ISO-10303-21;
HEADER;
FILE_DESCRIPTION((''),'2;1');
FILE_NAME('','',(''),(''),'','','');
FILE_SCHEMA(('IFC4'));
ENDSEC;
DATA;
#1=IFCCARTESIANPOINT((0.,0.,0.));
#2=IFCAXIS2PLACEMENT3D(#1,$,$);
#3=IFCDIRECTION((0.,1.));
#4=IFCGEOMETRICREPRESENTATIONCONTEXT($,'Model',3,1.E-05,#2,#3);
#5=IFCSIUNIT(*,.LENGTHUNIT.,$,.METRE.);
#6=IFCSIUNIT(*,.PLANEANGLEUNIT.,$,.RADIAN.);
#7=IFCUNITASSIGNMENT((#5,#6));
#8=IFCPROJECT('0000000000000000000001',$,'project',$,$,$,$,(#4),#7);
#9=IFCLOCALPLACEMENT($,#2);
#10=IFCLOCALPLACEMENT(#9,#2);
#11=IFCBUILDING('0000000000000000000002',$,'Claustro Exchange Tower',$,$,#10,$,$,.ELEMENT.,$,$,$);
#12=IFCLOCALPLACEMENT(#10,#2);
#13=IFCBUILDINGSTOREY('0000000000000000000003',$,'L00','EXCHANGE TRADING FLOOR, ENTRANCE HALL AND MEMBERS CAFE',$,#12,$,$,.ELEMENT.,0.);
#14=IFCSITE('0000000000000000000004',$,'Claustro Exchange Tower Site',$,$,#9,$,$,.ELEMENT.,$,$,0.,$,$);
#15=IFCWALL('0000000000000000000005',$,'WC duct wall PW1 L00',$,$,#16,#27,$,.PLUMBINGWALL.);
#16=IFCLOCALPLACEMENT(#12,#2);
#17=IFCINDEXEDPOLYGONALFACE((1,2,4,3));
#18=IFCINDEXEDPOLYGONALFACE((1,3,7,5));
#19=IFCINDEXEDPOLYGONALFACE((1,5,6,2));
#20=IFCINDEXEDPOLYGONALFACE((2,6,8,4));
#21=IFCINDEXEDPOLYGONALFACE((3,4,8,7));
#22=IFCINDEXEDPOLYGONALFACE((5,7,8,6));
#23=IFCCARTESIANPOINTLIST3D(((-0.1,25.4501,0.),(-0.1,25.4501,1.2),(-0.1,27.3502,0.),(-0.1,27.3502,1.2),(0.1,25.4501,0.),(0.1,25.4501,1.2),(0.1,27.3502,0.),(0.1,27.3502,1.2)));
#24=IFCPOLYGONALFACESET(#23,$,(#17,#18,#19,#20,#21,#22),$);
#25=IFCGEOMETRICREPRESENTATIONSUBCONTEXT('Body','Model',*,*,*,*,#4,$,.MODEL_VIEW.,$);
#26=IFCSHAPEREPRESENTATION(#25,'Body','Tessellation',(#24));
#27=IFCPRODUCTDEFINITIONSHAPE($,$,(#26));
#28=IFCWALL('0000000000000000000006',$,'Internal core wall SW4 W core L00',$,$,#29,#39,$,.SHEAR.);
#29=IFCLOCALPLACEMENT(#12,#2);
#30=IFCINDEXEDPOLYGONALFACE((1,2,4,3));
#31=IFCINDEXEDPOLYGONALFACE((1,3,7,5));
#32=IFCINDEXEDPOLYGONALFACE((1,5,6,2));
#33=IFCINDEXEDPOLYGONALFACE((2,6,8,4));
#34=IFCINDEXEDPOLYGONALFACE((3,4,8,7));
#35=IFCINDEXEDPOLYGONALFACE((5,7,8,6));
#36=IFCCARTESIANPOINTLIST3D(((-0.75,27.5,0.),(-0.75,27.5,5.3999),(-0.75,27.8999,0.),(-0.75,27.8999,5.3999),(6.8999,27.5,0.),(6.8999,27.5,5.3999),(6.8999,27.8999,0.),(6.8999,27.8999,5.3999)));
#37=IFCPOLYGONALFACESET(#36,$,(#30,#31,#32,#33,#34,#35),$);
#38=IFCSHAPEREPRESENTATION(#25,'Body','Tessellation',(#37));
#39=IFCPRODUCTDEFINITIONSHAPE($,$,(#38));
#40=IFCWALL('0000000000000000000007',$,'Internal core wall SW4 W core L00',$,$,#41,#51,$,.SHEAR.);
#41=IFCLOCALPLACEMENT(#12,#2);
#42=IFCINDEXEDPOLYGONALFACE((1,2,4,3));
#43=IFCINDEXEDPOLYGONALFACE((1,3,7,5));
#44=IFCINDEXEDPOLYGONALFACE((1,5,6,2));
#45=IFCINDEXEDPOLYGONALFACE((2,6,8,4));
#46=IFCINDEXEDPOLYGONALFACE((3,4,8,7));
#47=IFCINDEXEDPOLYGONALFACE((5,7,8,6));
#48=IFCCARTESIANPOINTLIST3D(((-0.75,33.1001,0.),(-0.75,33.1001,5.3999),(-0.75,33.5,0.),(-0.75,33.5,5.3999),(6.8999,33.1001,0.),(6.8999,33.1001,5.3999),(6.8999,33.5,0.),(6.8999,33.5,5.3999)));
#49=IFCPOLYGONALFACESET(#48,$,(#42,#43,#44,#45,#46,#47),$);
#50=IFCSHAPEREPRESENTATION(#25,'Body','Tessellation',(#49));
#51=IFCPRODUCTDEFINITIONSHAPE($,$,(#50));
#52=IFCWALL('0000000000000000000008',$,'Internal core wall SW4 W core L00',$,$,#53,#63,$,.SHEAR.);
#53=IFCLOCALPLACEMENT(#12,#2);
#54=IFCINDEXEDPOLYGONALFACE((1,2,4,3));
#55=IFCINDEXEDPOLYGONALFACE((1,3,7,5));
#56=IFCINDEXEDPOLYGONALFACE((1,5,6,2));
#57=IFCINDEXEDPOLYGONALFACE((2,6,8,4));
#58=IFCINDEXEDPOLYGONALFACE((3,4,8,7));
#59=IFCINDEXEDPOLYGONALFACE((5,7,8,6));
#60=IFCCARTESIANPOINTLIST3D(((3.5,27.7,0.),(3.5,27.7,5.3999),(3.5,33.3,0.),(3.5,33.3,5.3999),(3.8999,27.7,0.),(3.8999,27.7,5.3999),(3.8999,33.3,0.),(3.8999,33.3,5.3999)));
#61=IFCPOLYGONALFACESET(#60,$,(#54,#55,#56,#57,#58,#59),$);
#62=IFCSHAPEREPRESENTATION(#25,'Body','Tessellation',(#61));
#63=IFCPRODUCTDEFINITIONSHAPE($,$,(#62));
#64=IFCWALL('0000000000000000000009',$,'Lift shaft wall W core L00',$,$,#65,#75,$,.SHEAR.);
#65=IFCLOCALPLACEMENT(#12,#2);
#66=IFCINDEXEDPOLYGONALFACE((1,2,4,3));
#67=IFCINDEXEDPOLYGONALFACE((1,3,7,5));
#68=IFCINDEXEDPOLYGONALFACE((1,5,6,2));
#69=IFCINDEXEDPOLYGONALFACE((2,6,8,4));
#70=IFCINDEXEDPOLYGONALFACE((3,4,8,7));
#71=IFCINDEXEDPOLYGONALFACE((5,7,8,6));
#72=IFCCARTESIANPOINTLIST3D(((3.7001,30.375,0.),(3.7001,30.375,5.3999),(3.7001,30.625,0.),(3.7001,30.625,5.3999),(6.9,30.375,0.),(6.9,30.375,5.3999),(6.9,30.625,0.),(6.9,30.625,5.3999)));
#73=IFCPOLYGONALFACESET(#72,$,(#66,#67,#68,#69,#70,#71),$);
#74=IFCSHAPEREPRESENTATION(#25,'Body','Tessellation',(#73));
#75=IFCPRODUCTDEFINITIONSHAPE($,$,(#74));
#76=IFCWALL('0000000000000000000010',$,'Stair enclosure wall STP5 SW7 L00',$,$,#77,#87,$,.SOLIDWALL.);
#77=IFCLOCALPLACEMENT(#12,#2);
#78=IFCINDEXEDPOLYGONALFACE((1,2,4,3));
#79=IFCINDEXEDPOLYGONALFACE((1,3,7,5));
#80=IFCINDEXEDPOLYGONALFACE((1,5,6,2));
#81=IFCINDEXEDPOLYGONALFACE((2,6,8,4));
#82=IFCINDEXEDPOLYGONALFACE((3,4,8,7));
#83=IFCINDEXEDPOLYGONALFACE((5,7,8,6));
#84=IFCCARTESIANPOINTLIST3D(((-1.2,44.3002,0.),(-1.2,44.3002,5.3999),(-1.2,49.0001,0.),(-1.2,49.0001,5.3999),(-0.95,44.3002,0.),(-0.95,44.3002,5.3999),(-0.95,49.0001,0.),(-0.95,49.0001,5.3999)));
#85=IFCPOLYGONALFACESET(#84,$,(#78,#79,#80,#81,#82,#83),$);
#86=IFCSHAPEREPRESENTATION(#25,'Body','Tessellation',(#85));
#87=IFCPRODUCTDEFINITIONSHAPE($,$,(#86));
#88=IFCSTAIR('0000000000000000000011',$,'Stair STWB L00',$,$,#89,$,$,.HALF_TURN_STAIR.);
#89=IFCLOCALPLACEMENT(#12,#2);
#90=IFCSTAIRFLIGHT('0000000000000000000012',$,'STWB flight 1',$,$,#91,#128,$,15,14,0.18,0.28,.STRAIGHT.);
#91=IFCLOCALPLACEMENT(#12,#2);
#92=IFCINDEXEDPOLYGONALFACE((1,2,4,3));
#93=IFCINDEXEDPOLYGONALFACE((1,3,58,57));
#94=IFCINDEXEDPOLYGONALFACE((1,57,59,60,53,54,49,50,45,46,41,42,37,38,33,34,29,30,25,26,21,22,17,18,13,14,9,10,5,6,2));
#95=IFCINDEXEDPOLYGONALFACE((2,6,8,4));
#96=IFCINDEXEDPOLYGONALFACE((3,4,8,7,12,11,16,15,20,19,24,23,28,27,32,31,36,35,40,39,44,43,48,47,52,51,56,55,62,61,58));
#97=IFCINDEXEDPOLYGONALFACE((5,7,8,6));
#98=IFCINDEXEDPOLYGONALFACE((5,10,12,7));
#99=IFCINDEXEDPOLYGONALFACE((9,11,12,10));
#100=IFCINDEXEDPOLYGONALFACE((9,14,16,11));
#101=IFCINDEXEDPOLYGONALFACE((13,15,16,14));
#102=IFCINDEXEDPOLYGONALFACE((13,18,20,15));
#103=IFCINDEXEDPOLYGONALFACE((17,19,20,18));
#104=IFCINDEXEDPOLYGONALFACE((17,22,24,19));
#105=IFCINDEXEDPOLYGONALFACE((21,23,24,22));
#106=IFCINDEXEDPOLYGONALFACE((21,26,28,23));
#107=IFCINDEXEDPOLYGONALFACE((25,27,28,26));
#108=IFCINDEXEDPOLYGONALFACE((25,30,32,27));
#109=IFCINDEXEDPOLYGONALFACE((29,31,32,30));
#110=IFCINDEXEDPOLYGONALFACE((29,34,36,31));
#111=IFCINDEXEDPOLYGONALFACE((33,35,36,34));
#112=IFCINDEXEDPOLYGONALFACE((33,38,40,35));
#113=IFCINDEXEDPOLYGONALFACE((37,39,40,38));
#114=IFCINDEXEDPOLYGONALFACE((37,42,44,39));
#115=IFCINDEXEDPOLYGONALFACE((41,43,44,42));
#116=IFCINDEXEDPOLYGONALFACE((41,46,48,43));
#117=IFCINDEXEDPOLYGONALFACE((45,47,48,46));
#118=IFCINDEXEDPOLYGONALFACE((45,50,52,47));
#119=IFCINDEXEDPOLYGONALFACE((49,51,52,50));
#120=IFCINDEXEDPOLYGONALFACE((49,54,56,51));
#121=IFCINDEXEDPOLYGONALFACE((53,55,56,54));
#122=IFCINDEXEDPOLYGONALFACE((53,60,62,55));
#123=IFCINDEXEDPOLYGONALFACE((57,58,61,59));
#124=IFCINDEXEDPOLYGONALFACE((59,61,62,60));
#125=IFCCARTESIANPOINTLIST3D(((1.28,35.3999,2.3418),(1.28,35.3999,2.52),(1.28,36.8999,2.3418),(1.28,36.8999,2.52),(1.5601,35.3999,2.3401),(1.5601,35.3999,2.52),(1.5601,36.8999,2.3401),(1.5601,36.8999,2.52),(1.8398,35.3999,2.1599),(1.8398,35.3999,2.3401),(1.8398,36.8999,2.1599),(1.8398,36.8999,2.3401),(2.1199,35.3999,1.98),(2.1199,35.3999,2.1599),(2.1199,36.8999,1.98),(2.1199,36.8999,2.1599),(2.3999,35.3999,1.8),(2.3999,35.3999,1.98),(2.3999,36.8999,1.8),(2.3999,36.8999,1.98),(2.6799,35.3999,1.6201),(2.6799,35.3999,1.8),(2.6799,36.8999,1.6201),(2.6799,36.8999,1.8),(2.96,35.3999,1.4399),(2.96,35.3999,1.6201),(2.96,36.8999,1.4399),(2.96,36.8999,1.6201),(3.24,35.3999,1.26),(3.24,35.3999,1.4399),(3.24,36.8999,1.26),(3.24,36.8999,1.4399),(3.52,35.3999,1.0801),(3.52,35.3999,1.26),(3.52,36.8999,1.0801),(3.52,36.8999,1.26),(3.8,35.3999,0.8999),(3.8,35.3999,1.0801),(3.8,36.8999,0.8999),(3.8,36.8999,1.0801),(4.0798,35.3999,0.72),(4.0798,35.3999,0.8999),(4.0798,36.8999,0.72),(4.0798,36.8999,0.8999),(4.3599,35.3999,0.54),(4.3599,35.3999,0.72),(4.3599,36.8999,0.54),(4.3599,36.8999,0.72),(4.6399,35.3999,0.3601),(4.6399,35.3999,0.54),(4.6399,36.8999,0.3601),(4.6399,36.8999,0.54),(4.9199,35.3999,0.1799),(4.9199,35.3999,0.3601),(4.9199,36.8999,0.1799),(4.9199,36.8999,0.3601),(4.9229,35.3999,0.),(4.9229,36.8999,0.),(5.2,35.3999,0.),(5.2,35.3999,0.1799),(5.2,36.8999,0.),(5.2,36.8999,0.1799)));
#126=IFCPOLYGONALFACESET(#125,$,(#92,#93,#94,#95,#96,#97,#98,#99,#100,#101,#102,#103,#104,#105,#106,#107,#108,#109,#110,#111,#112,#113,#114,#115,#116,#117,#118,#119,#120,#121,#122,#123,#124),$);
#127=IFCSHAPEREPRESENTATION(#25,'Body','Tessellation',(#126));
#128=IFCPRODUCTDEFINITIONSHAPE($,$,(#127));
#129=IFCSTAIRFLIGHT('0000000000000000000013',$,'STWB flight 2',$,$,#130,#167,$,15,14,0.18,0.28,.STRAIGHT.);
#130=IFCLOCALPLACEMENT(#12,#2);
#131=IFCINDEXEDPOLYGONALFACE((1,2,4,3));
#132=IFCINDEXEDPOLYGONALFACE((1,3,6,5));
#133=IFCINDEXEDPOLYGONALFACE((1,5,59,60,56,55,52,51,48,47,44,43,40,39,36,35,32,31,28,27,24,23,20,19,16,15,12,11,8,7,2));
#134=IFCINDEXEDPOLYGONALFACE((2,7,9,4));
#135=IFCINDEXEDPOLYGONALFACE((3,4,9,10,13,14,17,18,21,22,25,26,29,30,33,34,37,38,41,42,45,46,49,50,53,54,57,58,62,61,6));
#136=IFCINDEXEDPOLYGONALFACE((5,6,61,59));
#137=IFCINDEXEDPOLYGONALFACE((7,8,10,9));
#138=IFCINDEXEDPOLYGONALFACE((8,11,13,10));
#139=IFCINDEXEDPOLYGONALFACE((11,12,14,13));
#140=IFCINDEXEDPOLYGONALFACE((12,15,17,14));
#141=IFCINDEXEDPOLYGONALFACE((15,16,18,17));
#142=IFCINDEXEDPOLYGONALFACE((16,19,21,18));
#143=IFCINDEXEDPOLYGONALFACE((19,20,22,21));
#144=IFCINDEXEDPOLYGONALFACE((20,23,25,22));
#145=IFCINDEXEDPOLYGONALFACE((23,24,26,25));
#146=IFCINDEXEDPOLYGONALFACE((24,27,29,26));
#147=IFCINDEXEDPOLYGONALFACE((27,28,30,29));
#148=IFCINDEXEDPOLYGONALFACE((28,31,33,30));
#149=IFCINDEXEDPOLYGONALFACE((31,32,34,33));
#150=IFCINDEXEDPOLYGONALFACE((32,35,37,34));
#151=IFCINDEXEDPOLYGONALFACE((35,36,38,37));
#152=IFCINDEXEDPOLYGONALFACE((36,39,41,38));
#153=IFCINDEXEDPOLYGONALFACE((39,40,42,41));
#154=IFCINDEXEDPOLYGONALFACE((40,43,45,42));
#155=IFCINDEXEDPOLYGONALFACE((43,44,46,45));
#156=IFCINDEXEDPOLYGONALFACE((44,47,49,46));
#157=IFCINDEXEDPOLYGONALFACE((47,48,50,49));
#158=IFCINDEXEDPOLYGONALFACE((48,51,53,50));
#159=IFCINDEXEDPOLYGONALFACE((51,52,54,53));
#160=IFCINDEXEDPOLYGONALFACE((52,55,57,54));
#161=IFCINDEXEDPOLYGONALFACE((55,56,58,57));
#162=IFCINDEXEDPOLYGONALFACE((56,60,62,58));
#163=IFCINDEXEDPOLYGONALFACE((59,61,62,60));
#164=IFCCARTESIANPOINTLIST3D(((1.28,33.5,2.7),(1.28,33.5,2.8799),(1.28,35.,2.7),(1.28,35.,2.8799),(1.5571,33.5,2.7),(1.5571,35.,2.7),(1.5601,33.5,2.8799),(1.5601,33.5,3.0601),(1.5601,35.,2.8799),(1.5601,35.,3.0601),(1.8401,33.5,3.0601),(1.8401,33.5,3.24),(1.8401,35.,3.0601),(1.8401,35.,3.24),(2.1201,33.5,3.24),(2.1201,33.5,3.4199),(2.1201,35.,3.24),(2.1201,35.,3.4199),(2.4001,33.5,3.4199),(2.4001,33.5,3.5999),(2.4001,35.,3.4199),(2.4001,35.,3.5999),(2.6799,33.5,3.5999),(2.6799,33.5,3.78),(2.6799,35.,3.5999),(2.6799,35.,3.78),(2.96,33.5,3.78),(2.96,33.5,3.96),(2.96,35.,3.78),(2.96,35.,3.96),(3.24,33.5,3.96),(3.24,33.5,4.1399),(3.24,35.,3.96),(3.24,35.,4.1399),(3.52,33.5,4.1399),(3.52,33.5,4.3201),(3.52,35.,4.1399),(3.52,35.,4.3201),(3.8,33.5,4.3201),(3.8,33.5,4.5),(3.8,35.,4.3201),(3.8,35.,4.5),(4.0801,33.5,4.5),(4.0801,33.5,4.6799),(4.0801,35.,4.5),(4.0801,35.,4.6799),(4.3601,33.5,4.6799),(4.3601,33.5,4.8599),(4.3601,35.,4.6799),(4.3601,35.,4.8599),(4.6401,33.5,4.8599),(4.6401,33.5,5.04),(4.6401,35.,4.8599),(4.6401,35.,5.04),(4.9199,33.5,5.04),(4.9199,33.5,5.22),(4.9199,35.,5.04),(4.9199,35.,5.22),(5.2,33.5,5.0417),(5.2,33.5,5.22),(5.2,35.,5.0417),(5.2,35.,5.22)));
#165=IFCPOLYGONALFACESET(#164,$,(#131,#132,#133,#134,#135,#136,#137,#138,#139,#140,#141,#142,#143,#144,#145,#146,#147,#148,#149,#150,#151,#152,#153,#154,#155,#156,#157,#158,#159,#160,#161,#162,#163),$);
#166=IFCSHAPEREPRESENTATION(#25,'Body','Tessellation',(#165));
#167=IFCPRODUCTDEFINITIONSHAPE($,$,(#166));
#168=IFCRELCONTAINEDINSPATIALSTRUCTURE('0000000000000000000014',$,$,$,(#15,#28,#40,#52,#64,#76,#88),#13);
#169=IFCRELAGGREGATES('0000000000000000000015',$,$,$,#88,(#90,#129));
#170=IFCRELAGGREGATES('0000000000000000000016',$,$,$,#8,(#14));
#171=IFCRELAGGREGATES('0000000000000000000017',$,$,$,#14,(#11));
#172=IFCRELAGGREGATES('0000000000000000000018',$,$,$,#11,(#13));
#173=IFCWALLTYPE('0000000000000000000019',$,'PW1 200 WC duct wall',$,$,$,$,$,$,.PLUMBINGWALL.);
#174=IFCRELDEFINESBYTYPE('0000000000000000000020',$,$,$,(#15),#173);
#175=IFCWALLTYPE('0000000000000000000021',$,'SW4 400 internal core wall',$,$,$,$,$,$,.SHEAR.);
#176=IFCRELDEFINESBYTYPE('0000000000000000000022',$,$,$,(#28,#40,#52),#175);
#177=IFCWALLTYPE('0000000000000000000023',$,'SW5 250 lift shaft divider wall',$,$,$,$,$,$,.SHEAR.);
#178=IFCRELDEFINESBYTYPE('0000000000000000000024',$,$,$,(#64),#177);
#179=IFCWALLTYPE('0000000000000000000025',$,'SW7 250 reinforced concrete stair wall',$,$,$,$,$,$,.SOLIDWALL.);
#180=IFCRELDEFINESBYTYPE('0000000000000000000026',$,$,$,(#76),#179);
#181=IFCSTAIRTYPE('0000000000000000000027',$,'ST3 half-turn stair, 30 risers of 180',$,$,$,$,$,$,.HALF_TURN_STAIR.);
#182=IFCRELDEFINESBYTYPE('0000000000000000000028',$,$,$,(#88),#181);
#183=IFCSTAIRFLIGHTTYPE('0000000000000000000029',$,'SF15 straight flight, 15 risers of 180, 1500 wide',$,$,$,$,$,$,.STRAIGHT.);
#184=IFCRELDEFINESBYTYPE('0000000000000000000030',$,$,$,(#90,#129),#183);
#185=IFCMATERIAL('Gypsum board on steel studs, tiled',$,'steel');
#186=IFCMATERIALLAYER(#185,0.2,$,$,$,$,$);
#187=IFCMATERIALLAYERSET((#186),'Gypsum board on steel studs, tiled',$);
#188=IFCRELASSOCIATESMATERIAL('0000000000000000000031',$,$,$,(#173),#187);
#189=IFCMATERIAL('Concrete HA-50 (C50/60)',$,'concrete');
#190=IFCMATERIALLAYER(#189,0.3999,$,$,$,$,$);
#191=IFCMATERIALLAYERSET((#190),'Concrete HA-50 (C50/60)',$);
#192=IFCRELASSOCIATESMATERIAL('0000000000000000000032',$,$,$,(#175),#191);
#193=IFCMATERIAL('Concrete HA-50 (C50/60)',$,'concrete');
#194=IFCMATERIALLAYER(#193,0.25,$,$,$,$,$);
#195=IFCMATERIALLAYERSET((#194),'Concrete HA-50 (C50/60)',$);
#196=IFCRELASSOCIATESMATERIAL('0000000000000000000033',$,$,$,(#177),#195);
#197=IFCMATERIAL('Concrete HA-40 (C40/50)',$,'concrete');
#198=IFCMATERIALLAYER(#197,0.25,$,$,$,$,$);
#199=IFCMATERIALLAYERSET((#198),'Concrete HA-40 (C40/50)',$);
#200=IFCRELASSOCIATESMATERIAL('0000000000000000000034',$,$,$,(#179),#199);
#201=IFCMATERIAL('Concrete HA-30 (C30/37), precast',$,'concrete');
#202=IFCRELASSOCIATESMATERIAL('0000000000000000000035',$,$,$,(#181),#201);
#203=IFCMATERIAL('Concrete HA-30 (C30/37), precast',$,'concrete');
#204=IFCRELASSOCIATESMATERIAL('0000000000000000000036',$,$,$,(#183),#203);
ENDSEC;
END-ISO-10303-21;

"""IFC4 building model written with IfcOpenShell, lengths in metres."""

from ifc_helpers import new_model, si_unit, direction, frame, frame_2d, origin, place, context, subcontext, project, spatial, polyline, rectangle, outline, extrude, material, layer, layer_set, type_object, element, aggregate, save


model = new_model("IFC4")

# Units and contexts
model_context = context("Model", 3, precision=1e-05, world=origin(), true_north=direction((0.0, 1.0)))
body_context = subcontext(model_context, "Body", "Model", "MODEL_VIEW")
ifc_project = project(units=[si_unit("LENGTHUNIT", "METRE"), si_unit("PLANEANGLEUNIT", "RADIAN")], contexts=[model_context])

# Site, building, storey
site_placement = place(None, origin())
site = spatial("IfcSite", under=ifc_project, at=site_placement, Name="Claustro Exchange Tower Site", CompositionType="ELEMENT", RefElevation=0.0)
building_placement = place(site_placement, origin())
building = spatial("IfcBuilding", under=site, at=building_placement, Name="Claustro Exchange Tower", CompositionType="ELEMENT")
storey_placement = place(building_placement, origin())
storey = spatial("IfcBuildingStorey", under=building, at=storey_placement, Name="L00", Description="EXCHANGE TRADING FLOOR, ENTRANCE HALL AND MEMBERS CAFE", CompositionType="ELEMENT", Elevation=0.0)

# Wall
ifc_material_1 = material(Name="Gypsum board on steel studs, tiled", Category="steel")
ifc_layer_1 = layer(ifc_material_1, 0.2)
ifc_layer_set_1 = layer_set([ifc_layer_1], Name="Gypsum board on steel studs, tiled")
wall_type_1 = type_object("IfcWallType", Name="PW1 200 WC duct wall", PredefinedType="PLUMBINGWALL", material=ifc_layer_set_1)
wall_1_placement = place(storey_placement, frame((0.0, 25.45, 0.0), z_axis=(0.0, 0.0, 1.0), x_axis=(0.0, 1.0, 0.0)))
element("IfcWall", 1, at=wall_1_placement, inside=storey, type_object=wall_type_1, Name="WC duct wall PW1 L00", PredefinedType="PLUMBINGWALL", context=body_context, shape_type="SweptSolid", body=[
    extrude(rectangle(XDim=1.9001, YDim=0.2, at=frame_2d((0.9502, 0.0))), origin(), (0.0, 0.0, 1.0), 1.2),
])

# Walls
ifc_material_2 = material(Name="Concrete HA-50 (C50/60)", Category="concrete")
ifc_layer_2 = layer(ifc_material_2, 0.3999)
ifc_layer_set_2 = layer_set([ifc_layer_2], Name="Concrete HA-50 (C50/60)")
wall_type_2 = type_object("IfcWallType", Name="SW4 400 internal core wall", PredefinedType="SHEAR", material=ifc_layer_set_2)
for number, where, z_axis, x_axis, name in (
    (2, (-0.75, 27.7, 0.0), (0.0, 0.0, 1.0), (1.0, 0.0, 0.0), "Internal core wall SW4 W core L00"),
    (3, (-0.75, 33.3, 0.0), (0.0, 0.0, 1.0), (1.0, 0.0, 0.0), "Internal core wall SW4 W core L00"),
):
    element("IfcWall", number, at=place(storey_placement, frame(where, z_axis=z_axis, x_axis=x_axis)), inside=storey, type_object=wall_type_2, Name=name, PredefinedType="SHEAR", context=body_context, shape_type="SweptSolid", body=[
        extrude(rectangle(XDim=7.6499, YDim=0.3999, at=frame_2d((3.825, 0.0))), origin(), (0.0, 0.0, 1.0), 5.3999),
    ])
wall_2_placement = place(storey_placement, frame((3.7, 27.7, 0.0), z_axis=(0.0, 0.0, 1.0), x_axis=(0.0, 1.0, 0.0)))
element("IfcWall", 4, at=wall_2_placement, inside=storey, type_object=wall_type_2, Name="Internal core wall SW4 W core L00", PredefinedType="SHEAR", context=body_context, shape_type="SweptSolid", body=[
    extrude(rectangle(XDim=5.6001, YDim=0.3999, at=frame_2d((2.8, 0.0))), origin(), (0.0, 0.0, 1.0), 5.3999),
])
ifc_material_3 = material(Name="Concrete HA-50 (C50/60)", Category="concrete")
ifc_layer_3 = layer(ifc_material_3, 0.25)
ifc_layer_set_3 = layer_set([ifc_layer_3], Name="Concrete HA-50 (C50/60)")
wall_type_3 = type_object("IfcWallType", Name="SW5 250 lift shaft divider wall", PredefinedType="SHEAR", material=ifc_layer_set_3)
wall_3_placement = place(storey_placement, frame((3.7, 30.5, 0.0), z_axis=(0.0, 0.0, 1.0), x_axis=(1.0, 0.0, 0.0)))
element("IfcWall", 5, at=wall_3_placement, inside=storey, type_object=wall_type_3, Name="Lift shaft wall W core L00", PredefinedType="SHEAR", context=body_context, shape_type="SweptSolid", body=[
    extrude(rectangle(XDim=3.2, YDim=0.25, at=frame_2d((1.6001, 0.0))), origin(), (0.0, 0.0, 1.0), 5.3999),
])
ifc_material_4 = material(Name="Concrete HA-40 (C40/50)", Category="concrete")
ifc_layer_4 = layer(ifc_material_4, 0.25)
ifc_layer_set_4 = layer_set([ifc_layer_4], Name="Concrete HA-40 (C40/50)")
wall_type_4 = type_object("IfcWallType", Name="SW7 250 reinforced concrete stair wall", PredefinedType="SOLIDWALL", material=ifc_layer_set_4)
wall_4_placement = place(storey_placement, frame((-1.075, 44.3, 0.0), z_axis=(0.0, 0.0, 1.0), x_axis=(0.0, 1.0, 0.0)))
element("IfcWall", 6, at=wall_4_placement, inside=storey, type_object=wall_type_4, Name="Stair enclosure wall STP5 SW7 L00", PredefinedType="SOLIDWALL", context=body_context, shape_type="SweptSolid", body=[
    extrude(rectangle(XDim=4.7, YDim=0.25, at=frame_2d((2.3501, 0.0))), origin(), (0.0, 0.0, 1.0), 5.3999),
])

# Stair, stair flights
ifc_material_5 = material(Name="Concrete HA-30 (C30/37), precast", Category="concrete")
stair_type = type_object("IfcStairType", Name="ST3 half-turn stair, 30 risers of 180", PredefinedType="HALF_TURN_STAIR", material=ifc_material_5)
stair_placement = place(storey_placement, origin())
stair = element("IfcStair", 7, at=stair_placement, inside=storey, type_object=stair_type, Name="Stair STWB L00", PredefinedType="HALF_TURN_STAIR")
ifc_material_6 = material(Name="Concrete HA-30 (C30/37), precast", Category="concrete")
stair_flight_type = type_object("IfcStairFlightType", Name="SF15 straight flight, 15 risers of 180, 1500 wide", PredefinedType="STRAIGHT", material=ifc_material_6)
stair_flight_1_placement = place(storey_placement, frame((5.2, 36.1499, 0.0), z_axis=(0.0, 0.0, 1.0), x_axis=(-1.0, 0.0, 0.0)))
stair_flight_1 = element("IfcStairFlight", 8, at=stair_flight_1_placement, type_object=stair_flight_type, Name="STWB flight 1", NumberOfRisers=15, NumberOfTreads=14, PredefinedType="STRAIGHT", RiserHeight=0.18, TreadLength=0.28, context=body_context, shape_type="SweptSolid", body=[
    extrude(outline(polyline([(0.0, 0.0), (0.0, 0.1799), (0.28, 0.1799), (0.28, 0.3601), (0.5601, 0.3601), (0.5601, 0.54), (0.8401, 0.54), (0.8401, 0.72), (1.1201, 0.72), (1.1201, 0.8999), (1.3999, 0.8999), (1.3999, 1.0801), (1.6799, 1.0801), (1.6799, 1.26), (1.96, 1.26), (1.96, 1.4399), (2.24, 1.4399), (2.24, 1.6201), (2.52, 1.6201), (2.52, 1.8), (2.8, 1.8), (2.8, 1.98), (3.0801, 1.98), (3.0801, 2.1599), (3.3601, 2.1599), (3.3601, 2.3401), (3.6399, 2.3401), (3.6399, 2.52), (3.9199, 2.52), (3.9199, 2.7), (3.9199, 2.3418), (0.2771, 0.0), (0.0, 0.0)])), frame((0.0, 0.75, 0.0), z_axis=(0.0, -1.0, 0.0), x_axis=(1.0, 0.0, 0.0)), (0.0, 0.0, 1.0), 1.5),
])
stair_flight_2_placement = place(storey_placement, frame((1.28, 34.25, 2.7), z_axis=(0.0, 0.0, 1.0), x_axis=(1.0, 0.0, 0.0)))
stair_flight_2 = element("IfcStairFlight", 9, at=stair_flight_2_placement, type_object=stair_flight_type, Name="STWB flight 2", NumberOfRisers=15, NumberOfTreads=14, PredefinedType="STRAIGHT", RiserHeight=0.18, TreadLength=0.28, context=body_context, shape_type="SweptSolid", body=[
    extrude(outline(polyline([(0.0, 0.0), (0.0, 0.1799), (0.28, 0.1799), (0.28, 0.3601), (0.5601, 0.3601), (0.5601, 0.54), (0.8401, 0.54), (0.8401, 0.72), (1.1201, 0.72), (1.1201, 0.8999), (1.3999, 0.8999), (1.3999, 1.0801), (1.6799, 1.0801), (1.6799, 1.26), (1.96, 1.26), (1.96, 1.4399), (2.24, 1.4399), (2.24, 1.6201), (2.52, 1.6201), (2.52, 1.8), (2.8, 1.8), (2.8, 1.98), (3.0801, 1.98), (3.0801, 2.1599), (3.3601, 2.1599), (3.3601, 2.3401), (3.6399, 2.3401), (3.6399, 2.52), (3.9199, 2.52), (3.9199, 2.7), (3.9199, 2.3418), (0.2771, 0.0), (0.0, 0.0)])), frame((0.0, 0.75, 0.0), z_axis=(0.0, -1.0, 0.0), x_axis=(1.0, 0.0, 0.0)), (0.0, 0.0, 1.0), 1.5),
])
aggregate(stair, [stair_flight_1, stair_flight_2])

save(model, "model.ifc")
